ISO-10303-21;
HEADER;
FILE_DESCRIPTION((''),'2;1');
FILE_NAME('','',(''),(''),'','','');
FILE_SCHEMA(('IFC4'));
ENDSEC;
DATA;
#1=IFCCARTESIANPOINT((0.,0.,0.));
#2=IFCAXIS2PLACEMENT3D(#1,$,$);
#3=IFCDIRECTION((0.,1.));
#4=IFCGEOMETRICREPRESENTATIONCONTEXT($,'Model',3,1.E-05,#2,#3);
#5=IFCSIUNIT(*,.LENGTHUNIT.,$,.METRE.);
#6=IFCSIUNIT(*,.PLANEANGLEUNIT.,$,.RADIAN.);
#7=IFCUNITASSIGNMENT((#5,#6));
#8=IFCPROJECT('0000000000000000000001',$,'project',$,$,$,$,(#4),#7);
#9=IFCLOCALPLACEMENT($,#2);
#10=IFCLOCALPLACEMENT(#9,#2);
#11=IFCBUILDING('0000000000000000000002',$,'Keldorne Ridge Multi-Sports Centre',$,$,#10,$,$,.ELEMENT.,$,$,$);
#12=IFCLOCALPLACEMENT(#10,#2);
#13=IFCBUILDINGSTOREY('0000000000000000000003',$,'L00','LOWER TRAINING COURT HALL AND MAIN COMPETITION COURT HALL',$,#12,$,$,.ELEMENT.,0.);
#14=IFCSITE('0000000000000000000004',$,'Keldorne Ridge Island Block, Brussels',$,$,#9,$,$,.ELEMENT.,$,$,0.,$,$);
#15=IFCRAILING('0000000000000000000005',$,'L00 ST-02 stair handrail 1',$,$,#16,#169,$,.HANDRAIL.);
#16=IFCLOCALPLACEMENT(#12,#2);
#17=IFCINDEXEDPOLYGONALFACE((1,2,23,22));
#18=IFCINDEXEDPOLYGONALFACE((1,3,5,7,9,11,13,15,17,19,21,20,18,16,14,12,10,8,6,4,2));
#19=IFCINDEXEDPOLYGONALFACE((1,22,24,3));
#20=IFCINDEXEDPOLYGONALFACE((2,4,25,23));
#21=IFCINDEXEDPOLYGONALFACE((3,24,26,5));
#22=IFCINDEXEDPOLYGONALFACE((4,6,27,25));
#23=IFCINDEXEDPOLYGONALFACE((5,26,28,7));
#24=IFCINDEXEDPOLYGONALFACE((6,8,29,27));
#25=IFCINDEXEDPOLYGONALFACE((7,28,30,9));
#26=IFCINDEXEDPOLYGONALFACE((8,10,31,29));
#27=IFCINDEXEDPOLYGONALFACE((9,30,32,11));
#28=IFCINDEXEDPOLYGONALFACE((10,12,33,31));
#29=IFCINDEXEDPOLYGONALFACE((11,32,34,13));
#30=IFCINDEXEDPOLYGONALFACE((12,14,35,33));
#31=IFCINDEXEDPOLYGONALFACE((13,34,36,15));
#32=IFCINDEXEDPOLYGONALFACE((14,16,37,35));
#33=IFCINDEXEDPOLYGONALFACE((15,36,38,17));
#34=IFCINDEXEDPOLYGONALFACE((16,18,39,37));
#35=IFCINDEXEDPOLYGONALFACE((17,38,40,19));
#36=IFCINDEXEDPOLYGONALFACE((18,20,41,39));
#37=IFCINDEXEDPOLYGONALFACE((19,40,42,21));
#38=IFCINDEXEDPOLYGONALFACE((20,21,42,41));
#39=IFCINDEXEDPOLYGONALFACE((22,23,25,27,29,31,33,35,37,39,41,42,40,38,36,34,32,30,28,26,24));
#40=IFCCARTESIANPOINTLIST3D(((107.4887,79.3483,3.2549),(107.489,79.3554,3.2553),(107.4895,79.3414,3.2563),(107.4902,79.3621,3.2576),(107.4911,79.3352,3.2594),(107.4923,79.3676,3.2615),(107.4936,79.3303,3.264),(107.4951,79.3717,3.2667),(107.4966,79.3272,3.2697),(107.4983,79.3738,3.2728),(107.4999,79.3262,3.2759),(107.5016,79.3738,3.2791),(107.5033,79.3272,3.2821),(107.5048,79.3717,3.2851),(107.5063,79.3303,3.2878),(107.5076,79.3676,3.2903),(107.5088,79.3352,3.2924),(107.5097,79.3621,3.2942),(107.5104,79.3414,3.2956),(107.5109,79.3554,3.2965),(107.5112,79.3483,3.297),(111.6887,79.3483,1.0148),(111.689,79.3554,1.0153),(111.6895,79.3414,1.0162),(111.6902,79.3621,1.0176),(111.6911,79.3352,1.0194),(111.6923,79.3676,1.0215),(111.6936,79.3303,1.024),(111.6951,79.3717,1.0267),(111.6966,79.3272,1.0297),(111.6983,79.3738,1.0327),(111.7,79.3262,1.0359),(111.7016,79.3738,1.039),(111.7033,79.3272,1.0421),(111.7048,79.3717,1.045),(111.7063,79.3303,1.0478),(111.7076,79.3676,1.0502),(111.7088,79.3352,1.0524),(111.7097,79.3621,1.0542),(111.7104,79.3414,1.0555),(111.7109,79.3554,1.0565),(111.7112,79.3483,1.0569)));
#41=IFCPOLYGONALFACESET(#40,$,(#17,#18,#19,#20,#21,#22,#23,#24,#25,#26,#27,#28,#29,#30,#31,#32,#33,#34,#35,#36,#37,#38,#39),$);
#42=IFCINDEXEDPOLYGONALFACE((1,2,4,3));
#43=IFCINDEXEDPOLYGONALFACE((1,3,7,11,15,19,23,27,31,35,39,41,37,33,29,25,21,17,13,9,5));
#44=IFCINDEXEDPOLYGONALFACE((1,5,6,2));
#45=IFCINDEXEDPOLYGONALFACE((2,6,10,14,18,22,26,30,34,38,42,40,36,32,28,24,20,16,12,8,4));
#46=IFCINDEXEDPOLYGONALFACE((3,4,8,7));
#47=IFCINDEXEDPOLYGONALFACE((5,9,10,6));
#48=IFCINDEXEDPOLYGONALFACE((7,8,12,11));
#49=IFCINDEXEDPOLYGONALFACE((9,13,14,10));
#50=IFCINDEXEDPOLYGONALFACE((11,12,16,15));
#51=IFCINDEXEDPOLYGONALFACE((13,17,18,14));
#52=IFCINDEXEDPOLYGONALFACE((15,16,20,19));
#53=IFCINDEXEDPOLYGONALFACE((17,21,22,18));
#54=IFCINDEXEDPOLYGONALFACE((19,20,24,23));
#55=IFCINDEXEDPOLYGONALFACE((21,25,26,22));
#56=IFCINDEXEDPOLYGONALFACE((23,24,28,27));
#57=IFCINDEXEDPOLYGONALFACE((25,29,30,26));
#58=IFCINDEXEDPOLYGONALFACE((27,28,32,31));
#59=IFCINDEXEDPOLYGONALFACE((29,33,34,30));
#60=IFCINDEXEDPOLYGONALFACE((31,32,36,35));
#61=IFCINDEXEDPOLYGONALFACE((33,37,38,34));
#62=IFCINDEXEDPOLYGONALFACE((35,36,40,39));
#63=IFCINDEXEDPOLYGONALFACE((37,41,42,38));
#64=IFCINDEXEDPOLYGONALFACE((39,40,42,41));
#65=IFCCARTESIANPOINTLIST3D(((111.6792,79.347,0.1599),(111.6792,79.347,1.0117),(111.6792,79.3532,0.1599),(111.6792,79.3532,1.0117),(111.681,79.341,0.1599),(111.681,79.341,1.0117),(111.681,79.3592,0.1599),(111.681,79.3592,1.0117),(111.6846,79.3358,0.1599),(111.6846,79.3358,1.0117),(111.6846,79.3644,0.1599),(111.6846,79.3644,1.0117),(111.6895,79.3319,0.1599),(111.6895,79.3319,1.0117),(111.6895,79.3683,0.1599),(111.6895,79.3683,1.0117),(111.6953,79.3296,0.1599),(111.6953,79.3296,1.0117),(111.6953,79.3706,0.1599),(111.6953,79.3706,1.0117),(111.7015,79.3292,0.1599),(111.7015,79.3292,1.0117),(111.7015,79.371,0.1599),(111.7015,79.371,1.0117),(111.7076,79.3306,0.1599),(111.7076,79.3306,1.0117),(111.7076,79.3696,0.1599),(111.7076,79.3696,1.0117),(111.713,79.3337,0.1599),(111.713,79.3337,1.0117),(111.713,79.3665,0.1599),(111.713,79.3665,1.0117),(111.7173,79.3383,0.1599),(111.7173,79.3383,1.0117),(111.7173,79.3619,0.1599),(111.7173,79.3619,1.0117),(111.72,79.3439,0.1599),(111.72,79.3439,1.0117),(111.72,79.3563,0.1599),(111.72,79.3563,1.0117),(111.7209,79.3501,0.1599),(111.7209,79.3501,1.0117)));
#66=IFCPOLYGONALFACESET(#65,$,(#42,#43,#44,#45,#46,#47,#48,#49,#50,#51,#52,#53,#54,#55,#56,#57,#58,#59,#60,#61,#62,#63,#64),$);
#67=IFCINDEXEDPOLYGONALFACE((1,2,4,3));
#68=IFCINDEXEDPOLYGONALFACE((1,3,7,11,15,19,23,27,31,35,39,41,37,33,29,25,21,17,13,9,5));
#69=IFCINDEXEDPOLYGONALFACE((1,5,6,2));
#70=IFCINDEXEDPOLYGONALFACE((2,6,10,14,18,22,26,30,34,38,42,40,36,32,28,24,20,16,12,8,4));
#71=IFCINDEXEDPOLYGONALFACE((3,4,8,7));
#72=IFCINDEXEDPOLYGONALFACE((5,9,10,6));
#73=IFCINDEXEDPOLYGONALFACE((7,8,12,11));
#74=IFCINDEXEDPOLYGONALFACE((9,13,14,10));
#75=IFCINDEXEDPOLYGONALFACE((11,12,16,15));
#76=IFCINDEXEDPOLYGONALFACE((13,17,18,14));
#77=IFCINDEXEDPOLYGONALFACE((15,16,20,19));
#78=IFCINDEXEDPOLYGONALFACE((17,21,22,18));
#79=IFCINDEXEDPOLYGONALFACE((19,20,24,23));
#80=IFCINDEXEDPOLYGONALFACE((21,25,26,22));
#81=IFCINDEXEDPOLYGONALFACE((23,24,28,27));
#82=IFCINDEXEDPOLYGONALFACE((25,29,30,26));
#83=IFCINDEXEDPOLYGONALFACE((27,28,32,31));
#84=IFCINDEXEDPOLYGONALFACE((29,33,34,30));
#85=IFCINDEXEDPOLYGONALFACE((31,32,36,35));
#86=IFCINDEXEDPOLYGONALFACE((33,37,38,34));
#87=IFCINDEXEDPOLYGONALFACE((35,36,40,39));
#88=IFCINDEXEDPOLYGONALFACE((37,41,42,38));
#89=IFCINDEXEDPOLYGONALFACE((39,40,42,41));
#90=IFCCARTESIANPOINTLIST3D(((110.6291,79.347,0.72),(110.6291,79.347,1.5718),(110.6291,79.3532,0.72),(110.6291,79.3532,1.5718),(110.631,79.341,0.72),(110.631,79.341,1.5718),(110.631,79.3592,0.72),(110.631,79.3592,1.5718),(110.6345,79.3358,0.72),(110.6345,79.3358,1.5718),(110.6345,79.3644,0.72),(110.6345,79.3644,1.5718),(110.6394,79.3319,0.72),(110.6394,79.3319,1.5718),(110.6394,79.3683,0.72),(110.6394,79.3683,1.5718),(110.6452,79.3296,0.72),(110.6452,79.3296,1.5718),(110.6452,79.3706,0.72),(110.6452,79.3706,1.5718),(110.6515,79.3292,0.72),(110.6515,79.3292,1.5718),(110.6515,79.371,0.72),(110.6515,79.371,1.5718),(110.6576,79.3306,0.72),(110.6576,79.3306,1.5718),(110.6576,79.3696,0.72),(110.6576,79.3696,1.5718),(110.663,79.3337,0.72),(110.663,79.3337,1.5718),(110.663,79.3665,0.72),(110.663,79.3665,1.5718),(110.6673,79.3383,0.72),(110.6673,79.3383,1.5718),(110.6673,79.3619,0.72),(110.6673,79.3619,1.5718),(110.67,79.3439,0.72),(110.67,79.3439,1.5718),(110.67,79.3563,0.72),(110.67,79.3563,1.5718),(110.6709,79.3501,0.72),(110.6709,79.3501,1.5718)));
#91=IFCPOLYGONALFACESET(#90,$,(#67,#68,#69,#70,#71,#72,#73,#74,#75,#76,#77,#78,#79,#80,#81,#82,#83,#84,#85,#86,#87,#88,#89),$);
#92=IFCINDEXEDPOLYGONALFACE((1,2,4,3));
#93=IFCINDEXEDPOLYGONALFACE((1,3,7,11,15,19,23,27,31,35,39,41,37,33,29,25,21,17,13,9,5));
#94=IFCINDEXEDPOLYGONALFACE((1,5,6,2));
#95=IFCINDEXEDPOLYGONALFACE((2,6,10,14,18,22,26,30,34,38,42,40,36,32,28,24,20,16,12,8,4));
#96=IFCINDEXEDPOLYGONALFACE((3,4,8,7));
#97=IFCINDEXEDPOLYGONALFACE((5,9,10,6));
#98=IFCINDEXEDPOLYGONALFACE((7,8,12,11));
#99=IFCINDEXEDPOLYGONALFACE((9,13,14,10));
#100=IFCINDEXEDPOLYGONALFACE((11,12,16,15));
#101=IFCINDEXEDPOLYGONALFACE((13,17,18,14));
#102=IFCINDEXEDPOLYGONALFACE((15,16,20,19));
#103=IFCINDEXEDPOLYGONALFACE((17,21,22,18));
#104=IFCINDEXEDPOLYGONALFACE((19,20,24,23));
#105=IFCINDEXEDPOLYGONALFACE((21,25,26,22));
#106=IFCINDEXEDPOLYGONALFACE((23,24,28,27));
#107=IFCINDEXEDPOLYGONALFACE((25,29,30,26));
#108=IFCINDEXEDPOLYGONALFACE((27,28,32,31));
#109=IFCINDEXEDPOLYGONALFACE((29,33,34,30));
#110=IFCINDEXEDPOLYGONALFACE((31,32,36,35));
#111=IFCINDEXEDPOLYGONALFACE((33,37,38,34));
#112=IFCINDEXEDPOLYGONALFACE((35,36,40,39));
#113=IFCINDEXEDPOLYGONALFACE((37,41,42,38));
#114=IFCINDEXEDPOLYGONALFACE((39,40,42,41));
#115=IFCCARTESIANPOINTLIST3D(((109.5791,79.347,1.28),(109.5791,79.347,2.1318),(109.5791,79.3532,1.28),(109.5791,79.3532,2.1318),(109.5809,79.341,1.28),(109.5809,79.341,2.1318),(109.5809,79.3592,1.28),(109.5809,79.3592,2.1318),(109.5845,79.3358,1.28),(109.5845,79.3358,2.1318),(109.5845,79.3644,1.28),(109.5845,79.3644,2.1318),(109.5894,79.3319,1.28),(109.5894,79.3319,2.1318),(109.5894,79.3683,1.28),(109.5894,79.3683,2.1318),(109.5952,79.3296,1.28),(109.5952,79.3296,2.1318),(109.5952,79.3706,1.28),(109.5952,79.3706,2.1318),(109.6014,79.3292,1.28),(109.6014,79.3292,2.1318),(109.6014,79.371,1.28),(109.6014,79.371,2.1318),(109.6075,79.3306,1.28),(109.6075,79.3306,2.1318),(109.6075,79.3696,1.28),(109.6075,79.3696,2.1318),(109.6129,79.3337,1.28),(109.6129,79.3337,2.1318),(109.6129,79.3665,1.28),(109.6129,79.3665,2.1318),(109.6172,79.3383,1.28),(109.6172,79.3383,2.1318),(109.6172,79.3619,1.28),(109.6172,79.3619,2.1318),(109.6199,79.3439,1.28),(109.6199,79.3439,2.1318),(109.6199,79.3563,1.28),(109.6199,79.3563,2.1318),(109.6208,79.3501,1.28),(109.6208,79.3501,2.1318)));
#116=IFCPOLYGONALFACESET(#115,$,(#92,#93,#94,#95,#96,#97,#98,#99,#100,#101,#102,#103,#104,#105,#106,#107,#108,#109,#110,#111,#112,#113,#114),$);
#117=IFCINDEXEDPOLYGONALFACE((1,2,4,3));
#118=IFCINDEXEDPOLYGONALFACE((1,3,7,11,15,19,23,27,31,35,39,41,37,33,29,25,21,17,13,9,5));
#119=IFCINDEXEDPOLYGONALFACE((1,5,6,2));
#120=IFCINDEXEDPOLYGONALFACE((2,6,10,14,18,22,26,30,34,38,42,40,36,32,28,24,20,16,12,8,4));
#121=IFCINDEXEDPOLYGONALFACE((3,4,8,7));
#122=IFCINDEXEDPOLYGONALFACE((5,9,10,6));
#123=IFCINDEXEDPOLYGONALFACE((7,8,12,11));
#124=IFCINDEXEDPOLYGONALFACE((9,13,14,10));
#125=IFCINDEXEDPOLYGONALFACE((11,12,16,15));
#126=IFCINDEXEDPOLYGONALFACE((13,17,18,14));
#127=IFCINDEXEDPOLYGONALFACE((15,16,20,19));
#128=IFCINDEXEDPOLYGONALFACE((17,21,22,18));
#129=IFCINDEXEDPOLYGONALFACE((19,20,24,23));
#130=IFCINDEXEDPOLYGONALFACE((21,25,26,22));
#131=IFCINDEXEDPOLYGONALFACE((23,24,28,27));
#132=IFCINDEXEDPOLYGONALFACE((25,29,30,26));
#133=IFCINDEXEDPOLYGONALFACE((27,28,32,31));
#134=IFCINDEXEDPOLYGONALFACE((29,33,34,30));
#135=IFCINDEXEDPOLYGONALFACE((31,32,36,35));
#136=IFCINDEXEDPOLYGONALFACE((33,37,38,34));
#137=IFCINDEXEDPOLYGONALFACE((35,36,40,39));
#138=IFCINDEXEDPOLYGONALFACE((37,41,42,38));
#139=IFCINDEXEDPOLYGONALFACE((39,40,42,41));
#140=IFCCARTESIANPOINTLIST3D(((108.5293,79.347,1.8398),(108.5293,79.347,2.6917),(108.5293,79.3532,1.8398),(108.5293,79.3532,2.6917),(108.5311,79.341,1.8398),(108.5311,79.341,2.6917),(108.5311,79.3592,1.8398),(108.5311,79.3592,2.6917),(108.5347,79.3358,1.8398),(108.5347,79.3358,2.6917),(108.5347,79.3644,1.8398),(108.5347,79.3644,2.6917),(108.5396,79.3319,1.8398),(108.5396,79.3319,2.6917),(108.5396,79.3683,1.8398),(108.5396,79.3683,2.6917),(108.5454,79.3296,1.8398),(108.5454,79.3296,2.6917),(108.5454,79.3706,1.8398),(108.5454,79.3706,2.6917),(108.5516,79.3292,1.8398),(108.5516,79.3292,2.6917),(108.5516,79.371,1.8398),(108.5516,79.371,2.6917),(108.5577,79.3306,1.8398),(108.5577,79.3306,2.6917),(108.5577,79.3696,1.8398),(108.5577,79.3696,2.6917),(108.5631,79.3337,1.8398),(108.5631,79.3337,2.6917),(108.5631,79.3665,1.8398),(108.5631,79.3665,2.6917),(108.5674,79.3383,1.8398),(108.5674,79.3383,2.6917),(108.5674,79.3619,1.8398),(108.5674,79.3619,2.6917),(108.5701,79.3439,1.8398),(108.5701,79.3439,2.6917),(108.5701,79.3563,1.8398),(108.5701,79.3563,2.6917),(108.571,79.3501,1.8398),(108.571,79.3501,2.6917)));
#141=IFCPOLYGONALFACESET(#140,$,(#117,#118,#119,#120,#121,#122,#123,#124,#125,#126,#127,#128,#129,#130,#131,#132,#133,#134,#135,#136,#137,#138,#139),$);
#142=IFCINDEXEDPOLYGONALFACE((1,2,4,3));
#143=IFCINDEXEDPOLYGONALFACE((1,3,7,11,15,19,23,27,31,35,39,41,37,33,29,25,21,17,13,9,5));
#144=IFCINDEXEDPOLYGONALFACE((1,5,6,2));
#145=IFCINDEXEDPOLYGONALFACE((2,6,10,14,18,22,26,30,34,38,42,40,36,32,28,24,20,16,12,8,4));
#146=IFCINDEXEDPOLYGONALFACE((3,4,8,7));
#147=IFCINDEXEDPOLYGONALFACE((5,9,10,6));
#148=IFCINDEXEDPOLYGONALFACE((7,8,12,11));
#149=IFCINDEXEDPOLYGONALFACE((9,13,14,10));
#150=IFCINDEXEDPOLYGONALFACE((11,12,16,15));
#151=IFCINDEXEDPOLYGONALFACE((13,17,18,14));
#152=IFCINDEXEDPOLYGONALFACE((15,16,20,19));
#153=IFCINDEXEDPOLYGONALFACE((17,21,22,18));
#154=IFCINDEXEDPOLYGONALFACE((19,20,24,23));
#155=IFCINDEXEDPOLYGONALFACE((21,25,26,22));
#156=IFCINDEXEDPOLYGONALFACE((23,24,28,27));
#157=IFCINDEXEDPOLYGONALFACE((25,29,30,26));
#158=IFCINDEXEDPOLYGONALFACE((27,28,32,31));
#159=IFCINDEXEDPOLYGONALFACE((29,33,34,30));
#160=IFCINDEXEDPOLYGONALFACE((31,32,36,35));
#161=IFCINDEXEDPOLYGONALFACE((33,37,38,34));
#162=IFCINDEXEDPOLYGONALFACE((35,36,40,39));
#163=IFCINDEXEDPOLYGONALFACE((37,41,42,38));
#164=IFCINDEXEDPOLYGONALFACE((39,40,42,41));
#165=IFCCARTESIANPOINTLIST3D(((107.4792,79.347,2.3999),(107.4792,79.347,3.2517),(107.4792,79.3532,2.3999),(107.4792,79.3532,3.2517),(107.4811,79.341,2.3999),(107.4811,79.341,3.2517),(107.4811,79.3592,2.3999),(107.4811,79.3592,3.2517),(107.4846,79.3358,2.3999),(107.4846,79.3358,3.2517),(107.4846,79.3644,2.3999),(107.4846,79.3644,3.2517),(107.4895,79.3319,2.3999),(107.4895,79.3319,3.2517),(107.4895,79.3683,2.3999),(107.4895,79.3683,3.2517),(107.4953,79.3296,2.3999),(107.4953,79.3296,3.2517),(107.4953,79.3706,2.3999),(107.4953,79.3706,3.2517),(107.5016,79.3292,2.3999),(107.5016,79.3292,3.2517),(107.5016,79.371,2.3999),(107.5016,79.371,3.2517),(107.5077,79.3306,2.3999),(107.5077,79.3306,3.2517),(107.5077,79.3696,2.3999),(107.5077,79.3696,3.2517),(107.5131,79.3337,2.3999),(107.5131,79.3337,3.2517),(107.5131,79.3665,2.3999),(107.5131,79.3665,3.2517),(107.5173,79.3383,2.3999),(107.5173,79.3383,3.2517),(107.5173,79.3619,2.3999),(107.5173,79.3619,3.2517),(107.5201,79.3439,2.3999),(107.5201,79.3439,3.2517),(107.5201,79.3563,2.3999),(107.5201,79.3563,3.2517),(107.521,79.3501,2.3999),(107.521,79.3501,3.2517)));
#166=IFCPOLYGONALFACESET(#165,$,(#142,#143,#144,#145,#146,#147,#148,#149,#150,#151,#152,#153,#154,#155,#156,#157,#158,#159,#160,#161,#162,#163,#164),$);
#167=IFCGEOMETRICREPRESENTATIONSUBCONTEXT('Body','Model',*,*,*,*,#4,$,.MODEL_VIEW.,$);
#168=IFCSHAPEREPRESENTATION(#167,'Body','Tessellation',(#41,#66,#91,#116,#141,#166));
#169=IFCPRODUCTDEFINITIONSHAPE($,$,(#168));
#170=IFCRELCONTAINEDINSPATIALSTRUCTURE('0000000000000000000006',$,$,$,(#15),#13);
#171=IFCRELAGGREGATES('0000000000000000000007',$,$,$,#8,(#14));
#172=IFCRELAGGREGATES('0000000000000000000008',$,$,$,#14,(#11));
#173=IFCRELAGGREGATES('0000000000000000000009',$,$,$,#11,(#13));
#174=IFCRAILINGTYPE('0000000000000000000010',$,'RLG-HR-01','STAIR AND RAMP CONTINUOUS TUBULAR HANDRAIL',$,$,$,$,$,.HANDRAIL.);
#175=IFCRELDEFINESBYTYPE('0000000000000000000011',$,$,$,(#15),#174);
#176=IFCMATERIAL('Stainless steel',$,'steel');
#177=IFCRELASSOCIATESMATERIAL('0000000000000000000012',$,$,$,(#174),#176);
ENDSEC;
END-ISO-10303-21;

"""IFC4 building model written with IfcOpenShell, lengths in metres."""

from ifc_helpers import new_model, si_unit, direction, frame, origin, origin_2d, place, context, subcontext, project, spatial, circle, extrude, material, type_object, element, save


model = new_model("IFC4")

# Units and contexts
model_context = context("Model", 3, precision=1e-05, world=origin(), true_north=direction((0.0, 1.0)))
body_context = subcontext(model_context, "Body", "Model", "MODEL_VIEW")
ifc_project = project(units=[si_unit("LENGTHUNIT", "METRE"), si_unit("PLANEANGLEUNIT", "RADIAN")], contexts=[model_context])

# Site, building, storey
site_placement = place(None, origin())
site = spatial("IfcSite", under=ifc_project, at=site_placement, Name="Keldorne Ridge Island Block, Brussels", CompositionType="ELEMENT", RefElevation=0.0)
building_placement = place(site_placement, origin())
building = spatial("IfcBuilding", under=site, at=building_placement, Name="Keldorne Ridge Multi-Sports Centre", CompositionType="ELEMENT")
storey_placement = place(building_placement, origin())
storey = spatial("IfcBuildingStorey", under=building, at=storey_placement, Name="L00", Description="LOWER TRAINING COURT HALL AND MAIN COMPETITION COURT HALL", CompositionType="ELEMENT", Elevation=0.0)

# Shared definitions
ifc_material_1 = material(Name="Stainless steel", Category="steel")

# Railing
railing_type_1 = type_object("IfcRailingType", Name="RLG-HR-01", Description="STAIR AND RAMP CONTINUOUS TUBULAR HANDRAIL", PredefinedType="HANDRAIL", material=ifc_material_1)
railing_1_placement = place(storey_placement, frame((111.7, 79.3501, 0.1599)))
element("IfcRailing", 1, at=railing_1_placement, inside=storey, type_object=railing_type_1, Name="L00 ST-02 stair handrail 1", PredefinedType="HANDRAIL", context=body_context, shape_type="SweptSolid", body=[
    extrude(circle(Radius=0.0239, at=origin_2d()), frame((0.0, 0.0, 0.876), z_axis=(-0.882352, 0.0, 0.470591), x_axis=(0.0, -1.0, 0.0)), (0.0, 0.0, 1.0), 4.76),
    extrude(circle(Radius=0.021, at=origin_2d()), origin(), (0.0, 0.0, 1.0), 0.8518),
    extrude(circle(Radius=0.021, at=origin_2d()), frame((-1.05, 0.0, 0.5601)), (0.0, 0.0, 1.0), 0.8518),
    extrude(circle(Radius=0.021, at=origin_2d()), frame((-2.1001, 0.0, 1.1201)), (0.0, 0.0, 1.0), 0.8518),
    extrude(circle(Radius=0.021, at=origin_2d()), frame((-3.1499, 0.0, 1.6799)), (0.0, 0.0, 1.0), 0.8518),
    extrude(circle(Radius=0.021, at=origin_2d()), frame((-4.2, 0.0, 2.24)), (0.0, 0.0, 1.0), 0.8518),
])

save(model, "model.ifc")
